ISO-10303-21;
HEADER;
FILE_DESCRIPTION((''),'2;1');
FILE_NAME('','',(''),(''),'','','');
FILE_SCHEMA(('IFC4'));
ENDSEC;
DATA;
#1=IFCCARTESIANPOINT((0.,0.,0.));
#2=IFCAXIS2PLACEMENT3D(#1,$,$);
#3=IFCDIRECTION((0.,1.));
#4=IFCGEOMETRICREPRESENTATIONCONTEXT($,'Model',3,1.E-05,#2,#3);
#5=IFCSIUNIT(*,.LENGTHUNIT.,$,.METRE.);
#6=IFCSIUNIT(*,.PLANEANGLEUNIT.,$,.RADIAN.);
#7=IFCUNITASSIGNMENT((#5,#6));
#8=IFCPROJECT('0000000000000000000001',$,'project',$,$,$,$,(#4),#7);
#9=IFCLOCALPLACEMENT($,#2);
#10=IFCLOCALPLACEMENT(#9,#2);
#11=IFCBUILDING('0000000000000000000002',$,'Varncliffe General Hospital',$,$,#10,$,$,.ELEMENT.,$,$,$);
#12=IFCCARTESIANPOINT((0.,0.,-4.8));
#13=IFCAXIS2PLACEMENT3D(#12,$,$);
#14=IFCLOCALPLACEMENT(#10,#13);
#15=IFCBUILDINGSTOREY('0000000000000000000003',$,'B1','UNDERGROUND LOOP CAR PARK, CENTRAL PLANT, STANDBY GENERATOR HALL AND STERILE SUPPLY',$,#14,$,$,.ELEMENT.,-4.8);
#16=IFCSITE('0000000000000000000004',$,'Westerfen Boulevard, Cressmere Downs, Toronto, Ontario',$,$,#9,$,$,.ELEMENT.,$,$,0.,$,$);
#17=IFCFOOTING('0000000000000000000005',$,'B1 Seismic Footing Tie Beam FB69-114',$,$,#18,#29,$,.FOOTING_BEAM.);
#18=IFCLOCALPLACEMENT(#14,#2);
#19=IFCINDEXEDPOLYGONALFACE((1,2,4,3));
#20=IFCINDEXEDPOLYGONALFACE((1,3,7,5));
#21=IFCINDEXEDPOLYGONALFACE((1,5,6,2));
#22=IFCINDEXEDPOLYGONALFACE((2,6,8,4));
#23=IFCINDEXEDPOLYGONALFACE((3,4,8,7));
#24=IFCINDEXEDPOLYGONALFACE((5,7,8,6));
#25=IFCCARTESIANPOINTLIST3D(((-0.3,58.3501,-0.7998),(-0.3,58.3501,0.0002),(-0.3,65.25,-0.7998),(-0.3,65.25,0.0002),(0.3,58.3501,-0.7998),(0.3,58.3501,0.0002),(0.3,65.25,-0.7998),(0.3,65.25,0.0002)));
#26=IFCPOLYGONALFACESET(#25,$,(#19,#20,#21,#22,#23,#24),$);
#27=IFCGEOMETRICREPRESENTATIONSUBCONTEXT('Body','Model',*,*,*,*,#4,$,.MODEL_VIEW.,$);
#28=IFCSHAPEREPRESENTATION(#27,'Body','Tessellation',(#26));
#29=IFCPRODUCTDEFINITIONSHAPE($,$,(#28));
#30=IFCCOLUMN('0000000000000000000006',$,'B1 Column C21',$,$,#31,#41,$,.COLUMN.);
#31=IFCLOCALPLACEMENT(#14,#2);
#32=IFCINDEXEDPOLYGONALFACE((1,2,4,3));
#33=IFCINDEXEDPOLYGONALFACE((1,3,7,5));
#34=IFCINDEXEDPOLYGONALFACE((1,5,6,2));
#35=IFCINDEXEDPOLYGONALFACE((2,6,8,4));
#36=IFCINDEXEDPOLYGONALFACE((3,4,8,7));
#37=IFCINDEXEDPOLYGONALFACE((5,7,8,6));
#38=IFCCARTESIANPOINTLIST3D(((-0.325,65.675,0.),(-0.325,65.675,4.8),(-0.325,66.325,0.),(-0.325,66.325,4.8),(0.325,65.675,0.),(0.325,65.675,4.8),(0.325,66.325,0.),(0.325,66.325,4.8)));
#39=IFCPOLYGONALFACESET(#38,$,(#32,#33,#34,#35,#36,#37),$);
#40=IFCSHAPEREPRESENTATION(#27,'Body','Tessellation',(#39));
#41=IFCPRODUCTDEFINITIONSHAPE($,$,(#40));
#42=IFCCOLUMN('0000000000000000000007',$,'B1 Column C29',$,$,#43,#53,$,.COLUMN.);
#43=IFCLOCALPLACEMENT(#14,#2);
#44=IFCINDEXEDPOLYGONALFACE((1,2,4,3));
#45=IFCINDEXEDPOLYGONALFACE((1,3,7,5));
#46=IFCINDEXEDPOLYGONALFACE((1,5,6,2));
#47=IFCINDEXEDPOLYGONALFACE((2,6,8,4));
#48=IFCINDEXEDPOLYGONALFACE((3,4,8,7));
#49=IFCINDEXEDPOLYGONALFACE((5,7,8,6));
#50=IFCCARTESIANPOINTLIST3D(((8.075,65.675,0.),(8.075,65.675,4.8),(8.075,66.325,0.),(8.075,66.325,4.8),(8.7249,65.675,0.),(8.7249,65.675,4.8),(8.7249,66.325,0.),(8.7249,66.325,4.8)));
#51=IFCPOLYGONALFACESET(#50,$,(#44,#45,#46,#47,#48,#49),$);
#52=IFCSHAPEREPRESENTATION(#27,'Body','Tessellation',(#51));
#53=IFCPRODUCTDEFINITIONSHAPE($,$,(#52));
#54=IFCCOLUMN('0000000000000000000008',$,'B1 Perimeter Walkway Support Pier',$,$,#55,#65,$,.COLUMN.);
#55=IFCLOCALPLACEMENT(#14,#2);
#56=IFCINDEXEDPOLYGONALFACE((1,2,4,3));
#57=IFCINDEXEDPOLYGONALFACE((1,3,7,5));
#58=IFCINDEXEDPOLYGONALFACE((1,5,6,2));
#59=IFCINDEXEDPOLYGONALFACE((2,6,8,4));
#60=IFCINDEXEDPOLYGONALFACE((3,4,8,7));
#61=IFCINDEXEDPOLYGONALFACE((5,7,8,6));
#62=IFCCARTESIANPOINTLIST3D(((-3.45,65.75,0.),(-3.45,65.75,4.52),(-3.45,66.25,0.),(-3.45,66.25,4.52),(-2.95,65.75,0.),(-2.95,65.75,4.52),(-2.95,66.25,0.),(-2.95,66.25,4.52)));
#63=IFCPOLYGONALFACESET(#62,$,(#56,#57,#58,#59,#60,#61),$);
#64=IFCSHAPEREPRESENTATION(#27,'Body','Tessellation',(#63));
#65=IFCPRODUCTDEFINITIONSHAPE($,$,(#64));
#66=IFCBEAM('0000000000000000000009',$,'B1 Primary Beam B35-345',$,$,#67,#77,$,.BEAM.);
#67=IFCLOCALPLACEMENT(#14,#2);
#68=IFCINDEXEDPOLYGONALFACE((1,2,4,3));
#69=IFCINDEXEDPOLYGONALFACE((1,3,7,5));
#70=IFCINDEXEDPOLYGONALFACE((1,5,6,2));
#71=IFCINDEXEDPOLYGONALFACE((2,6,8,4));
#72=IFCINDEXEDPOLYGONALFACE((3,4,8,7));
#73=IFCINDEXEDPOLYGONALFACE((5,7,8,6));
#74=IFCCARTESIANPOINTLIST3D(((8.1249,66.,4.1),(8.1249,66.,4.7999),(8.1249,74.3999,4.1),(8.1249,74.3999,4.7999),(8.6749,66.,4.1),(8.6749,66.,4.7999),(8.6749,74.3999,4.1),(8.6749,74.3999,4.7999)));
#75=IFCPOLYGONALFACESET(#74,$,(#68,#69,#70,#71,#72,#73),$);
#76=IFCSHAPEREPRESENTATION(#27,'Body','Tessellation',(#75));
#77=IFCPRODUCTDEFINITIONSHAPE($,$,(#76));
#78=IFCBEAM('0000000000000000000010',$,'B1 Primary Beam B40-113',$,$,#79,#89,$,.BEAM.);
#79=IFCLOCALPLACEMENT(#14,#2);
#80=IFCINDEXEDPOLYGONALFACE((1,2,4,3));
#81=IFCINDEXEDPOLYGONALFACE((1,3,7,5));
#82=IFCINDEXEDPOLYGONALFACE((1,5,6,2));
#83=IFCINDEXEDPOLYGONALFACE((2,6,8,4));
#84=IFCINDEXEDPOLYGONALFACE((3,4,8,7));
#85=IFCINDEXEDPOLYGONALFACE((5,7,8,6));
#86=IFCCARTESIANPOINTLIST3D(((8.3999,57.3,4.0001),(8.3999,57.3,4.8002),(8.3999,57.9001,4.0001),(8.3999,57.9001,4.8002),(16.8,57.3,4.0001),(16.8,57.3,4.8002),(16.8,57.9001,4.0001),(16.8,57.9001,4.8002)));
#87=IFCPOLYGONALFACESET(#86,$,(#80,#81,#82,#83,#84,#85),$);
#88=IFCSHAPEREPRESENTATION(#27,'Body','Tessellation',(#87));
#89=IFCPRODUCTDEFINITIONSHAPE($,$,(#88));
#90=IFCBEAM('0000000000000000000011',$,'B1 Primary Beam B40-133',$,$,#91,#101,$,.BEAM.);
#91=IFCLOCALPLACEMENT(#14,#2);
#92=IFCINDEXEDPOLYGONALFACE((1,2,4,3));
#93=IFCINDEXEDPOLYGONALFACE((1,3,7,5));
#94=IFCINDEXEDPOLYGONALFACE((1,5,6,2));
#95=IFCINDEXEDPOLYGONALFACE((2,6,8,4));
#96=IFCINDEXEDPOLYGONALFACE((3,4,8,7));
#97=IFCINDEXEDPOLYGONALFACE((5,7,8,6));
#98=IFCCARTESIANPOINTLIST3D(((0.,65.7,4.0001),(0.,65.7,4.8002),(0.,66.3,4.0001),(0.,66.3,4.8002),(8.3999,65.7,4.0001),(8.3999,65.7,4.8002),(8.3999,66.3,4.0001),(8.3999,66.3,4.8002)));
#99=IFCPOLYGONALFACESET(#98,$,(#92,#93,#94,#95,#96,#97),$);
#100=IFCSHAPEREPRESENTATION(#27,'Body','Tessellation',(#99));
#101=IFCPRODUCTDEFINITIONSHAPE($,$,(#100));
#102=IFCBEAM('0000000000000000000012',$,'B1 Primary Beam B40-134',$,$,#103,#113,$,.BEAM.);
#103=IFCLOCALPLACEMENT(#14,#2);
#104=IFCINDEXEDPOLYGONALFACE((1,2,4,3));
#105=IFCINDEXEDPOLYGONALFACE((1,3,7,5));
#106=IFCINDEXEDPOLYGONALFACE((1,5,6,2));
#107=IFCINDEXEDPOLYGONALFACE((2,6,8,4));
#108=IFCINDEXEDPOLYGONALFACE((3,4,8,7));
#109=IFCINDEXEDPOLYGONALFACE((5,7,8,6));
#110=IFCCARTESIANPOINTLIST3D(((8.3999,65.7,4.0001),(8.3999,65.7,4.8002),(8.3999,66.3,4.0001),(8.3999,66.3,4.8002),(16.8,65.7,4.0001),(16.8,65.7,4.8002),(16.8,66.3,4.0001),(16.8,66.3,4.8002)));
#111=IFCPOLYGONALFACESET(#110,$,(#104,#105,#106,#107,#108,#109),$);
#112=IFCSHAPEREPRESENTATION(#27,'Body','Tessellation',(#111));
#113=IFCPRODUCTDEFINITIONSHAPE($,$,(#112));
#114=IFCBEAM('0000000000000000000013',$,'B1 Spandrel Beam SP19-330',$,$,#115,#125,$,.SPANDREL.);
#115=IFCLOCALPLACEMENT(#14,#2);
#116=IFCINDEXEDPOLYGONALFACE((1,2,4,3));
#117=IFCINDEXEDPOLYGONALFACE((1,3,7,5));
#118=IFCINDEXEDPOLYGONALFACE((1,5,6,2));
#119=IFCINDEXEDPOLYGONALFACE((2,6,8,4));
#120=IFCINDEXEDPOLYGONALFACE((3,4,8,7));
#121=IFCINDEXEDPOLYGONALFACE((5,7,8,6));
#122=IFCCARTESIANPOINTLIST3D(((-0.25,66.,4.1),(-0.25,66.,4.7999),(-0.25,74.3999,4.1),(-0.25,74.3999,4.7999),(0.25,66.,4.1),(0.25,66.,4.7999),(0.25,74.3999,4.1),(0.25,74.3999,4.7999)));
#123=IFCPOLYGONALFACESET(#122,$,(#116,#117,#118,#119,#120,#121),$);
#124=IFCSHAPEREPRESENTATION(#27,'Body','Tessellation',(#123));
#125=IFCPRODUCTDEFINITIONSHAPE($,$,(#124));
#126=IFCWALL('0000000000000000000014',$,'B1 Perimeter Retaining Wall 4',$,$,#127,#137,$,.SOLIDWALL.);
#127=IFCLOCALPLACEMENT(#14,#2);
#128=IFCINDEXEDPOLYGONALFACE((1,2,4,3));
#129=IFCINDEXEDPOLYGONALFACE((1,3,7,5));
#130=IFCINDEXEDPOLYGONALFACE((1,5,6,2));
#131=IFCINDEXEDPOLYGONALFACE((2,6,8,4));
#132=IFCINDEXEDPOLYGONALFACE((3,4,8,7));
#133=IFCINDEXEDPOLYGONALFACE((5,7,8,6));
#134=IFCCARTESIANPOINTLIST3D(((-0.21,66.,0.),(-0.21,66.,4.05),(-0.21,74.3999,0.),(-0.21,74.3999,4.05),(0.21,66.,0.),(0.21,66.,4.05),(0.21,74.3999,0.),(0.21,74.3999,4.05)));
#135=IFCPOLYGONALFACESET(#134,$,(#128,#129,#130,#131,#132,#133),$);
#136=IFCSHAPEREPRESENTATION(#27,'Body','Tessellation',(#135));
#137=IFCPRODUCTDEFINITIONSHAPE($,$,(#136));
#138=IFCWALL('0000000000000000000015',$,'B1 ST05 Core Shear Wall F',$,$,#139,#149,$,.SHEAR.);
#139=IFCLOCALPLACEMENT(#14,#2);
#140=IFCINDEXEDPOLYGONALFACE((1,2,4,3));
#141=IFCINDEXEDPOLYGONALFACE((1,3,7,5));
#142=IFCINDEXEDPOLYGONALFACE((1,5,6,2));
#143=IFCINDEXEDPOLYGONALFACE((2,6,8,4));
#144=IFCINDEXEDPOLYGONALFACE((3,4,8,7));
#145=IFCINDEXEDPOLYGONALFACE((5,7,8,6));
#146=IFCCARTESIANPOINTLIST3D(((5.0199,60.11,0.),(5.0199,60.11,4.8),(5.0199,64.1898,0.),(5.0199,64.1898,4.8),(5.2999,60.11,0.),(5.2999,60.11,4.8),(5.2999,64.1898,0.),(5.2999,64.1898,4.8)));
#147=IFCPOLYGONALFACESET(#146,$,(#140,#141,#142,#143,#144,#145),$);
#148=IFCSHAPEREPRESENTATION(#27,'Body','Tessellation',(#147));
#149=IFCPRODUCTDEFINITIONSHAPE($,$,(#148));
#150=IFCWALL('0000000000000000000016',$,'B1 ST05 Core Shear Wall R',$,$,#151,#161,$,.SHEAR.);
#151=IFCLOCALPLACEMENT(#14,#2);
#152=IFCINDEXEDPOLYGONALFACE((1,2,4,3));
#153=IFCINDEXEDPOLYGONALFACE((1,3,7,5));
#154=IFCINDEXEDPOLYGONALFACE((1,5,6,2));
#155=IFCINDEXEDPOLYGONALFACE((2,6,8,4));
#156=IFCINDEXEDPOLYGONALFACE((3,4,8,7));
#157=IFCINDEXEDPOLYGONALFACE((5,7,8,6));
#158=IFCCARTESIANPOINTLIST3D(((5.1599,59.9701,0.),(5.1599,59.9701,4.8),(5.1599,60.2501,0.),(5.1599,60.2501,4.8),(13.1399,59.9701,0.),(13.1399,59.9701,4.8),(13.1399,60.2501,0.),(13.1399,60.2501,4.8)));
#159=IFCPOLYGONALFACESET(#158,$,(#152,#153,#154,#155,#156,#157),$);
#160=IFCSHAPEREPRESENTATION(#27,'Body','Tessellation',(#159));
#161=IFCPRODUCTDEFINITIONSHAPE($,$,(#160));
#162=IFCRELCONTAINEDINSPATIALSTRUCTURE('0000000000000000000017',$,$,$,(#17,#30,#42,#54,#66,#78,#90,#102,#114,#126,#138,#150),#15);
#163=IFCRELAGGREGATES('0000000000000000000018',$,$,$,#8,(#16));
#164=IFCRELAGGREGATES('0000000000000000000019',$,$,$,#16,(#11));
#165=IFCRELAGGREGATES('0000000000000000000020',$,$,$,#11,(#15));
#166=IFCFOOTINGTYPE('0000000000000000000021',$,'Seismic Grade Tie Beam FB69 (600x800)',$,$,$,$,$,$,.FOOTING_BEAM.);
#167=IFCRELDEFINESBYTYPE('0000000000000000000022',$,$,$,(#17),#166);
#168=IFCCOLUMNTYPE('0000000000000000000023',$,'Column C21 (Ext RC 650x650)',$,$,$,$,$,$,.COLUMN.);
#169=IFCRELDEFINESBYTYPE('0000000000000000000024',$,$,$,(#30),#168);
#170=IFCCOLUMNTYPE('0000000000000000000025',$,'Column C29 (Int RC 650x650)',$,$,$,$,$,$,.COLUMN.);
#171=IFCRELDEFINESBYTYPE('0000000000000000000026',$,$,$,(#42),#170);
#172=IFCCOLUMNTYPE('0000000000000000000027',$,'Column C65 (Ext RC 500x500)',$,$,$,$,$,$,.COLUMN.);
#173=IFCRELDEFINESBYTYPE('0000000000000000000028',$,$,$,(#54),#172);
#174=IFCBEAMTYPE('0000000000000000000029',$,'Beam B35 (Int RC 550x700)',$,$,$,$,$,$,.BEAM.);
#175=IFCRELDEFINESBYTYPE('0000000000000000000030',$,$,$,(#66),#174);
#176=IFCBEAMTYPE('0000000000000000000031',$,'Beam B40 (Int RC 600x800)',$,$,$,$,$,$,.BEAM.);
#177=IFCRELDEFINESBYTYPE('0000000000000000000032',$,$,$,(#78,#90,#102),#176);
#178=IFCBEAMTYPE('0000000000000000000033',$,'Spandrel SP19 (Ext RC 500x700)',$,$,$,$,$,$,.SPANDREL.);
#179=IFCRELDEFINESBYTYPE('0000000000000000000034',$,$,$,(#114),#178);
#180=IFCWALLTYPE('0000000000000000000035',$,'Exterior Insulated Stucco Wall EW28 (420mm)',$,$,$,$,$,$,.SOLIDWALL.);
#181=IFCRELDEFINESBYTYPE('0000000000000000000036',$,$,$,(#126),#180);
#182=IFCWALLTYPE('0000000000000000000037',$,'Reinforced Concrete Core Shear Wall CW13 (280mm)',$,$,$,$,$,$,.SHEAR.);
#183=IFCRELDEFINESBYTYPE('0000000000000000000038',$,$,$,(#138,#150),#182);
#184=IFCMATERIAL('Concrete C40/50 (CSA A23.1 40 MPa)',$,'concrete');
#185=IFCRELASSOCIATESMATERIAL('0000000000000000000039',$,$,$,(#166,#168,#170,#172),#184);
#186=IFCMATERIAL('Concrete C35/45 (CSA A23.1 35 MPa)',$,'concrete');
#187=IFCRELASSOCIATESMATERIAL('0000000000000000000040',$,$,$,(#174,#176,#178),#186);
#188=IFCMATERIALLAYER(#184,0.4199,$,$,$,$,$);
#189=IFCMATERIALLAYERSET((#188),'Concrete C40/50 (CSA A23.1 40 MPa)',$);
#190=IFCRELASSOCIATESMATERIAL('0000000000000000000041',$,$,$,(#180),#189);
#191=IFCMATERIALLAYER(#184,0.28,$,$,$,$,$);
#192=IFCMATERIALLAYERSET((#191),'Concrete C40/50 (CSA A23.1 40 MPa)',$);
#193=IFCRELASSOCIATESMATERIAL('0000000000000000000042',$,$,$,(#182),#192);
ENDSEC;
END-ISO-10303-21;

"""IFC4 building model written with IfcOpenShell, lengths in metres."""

from ifc_helpers import new_model, si_unit, direction, frame, frame_2d, origin, origin_2d, place, context, subcontext, project, spatial, rectangle, extrude, material, layer, layer_set, material_profile, profile_set, type_object, element, save


model = new_model("IFC4")

# Units and contexts
model_context = context("Model", 3, precision=1e-05, world=origin(), true_north=direction((0.0, 1.0)))
body_context = subcontext(model_context, "Body", "Model", "MODEL_VIEW")
ifc_project = project(units=[si_unit("LENGTHUNIT", "METRE"), si_unit("PLANEANGLEUNIT", "RADIAN")], contexts=[model_context])

# Site, building, storey
site_placement = place(None, origin())
site = spatial("IfcSite", under=ifc_project, at=site_placement, Name="Westerfen Boulevard, Cressmere Downs, Toronto, Ontario", CompositionType="ELEMENT", RefElevation=0.0)
building_placement = place(site_placement, origin())
building = spatial("IfcBuilding", under=site, at=building_placement, Name="Varncliffe General Hospital", CompositionType="ELEMENT")
storey_placement = place(building_placement, frame((0.0, 0.0, -4.8)))
storey = spatial("IfcBuildingStorey", under=building, at=storey_placement, Name="B1", Description="UNDERGROUND LOOP CAR PARK, CENTRAL PLANT, STANDBY GENERATOR HALL AND STERILE SUPPLY", CompositionType="ELEMENT", Elevation=-4.8)

# Shared definitions
ifc_material_1 = material(Name="Concrete C40/50 (CSA A23.1 40 MPa)", Category="concrete")

# Footing
footing_type_1 = type_object("IfcFootingType", Name="Seismic Grade Tie Beam FB69 (600x800)", PredefinedType="FOOTING_BEAM", material=ifc_material_1)
footing_1_placement = place(storey_placement, frame((0.0, 61.8, -0.7998), z_axis=(0.0, 0.0, 1.0), x_axis=(1.0, 0.0, 0.0)))
element("IfcFooting", 1, at=footing_1_placement, inside=storey, type_object=footing_type_1, Name="B1 Seismic Footing Tie Beam FB69-114", PredefinedType="FOOTING_BEAM", context=body_context, shape_type="SweptSolid", body=[
    extrude(rectangle(XDim=0.6001, YDim=6.8999, at=origin_2d()), origin(), (0.0, 0.0, 1.0), 0.8),
])

# Columns
ifc_material_profile_1 = material_profile(ifc_material_1, rectangle(XDim=0.6499, YDim=0.6499, at=origin_2d()), Name="RC 650x650")
ifc_profile_set_1 = profile_set([ifc_material_profile_1], Name="Concrete C40/50 (CSA A23.1 40 MPa)")
column_type_1 = type_object("IfcColumnType", Name="Column C21 (Ext RC 650x650)", PredefinedType="COLUMN", material=ifc_profile_set_1)
column_1_placement = place(storey_placement, frame((0.0, 66.0, 0.0), z_axis=(0.0, 0.0, 1.0), x_axis=(1.0, 0.0, 0.0)))
element("IfcColumn", 2, at=column_1_placement, inside=storey, type_object=column_type_1, Name="B1 Column C21", PredefinedType="COLUMN", context=body_context, shape_type="SweptSolid", body=[
    extrude(rectangle(XDim=0.6499, YDim=0.6499, at=origin_2d()), origin(), (0.0, 0.0, 1.0), 4.8),
])
ifc_material_profile_2 = material_profile(ifc_material_1, rectangle(XDim=0.6499, YDim=0.6499, at=origin_2d()), Name="RC 650x650")
ifc_profile_set_2 = profile_set([ifc_material_profile_2], Name="Concrete C40/50 (CSA A23.1 40 MPa)")
column_type_2 = type_object("IfcColumnType", Name="Column C29 (Int RC 650x650)", PredefinedType="COLUMN", material=ifc_profile_set_2)
column_2_placement = place(storey_placement, frame((8.3999, 66.0, 0.0), z_axis=(0.0, 0.0, 1.0), x_axis=(1.0, 0.0, 0.0)))
element("IfcColumn", 3, at=column_2_placement, inside=storey, type_object=column_type_2, Name="B1 Column C29", PredefinedType="COLUMN", context=body_context, shape_type="SweptSolid", body=[
    extrude(rectangle(XDim=0.6499, YDim=0.6499, at=origin_2d()), origin(), (0.0, 0.0, 1.0), 4.8),
])
ifc_material_profile_3 = material_profile(ifc_material_1, rectangle(XDim=0.5, YDim=0.5, at=origin_2d()), Name="RC 500x500")
ifc_profile_set_3 = profile_set([ifc_material_profile_3], Name="Concrete C40/50 (CSA A23.1 40 MPa)")
column_type_3 = type_object("IfcColumnType", Name="Column C65 (Ext RC 500x500)", PredefinedType="COLUMN", material=ifc_profile_set_3)
column_3_placement = place(storey_placement, frame((-3.2, 66.0, 0.0), z_axis=(0.0, 0.0, 1.0), x_axis=(1.0, 0.0, 0.0)))
element("IfcColumn", 4, at=column_3_placement, inside=storey, type_object=column_type_3, Name="B1 Perimeter Walkway Support Pier", PredefinedType="COLUMN", context=body_context, shape_type="SweptSolid", body=[
    extrude(rectangle(XDim=0.5, YDim=0.5, at=origin_2d()), origin(), (0.0, 0.0, 1.0), 4.52),
])

# Beams
ifc_material_2 = material(Name="Concrete C35/45 (CSA A23.1 35 MPa)", Category="concrete")
ifc_material_profile_4 = material_profile(ifc_material_2, rectangle(XDim=0.55, YDim=0.7, at=origin_2d()), Name="RC 550x700")
ifc_profile_set_4 = profile_set([ifc_material_profile_4], Name="Concrete C35/45 (CSA A23.1 35 MPa)")
beam_type_1 = type_object("IfcBeamType", Name="Beam B35 (Int RC 550x700)", PredefinedType="BEAM", material=ifc_profile_set_4)
beam_1_placement = place(storey_placement, frame((8.3999, 66.0, 4.45), z_axis=(0.0, 1.0, 0.0), x_axis=(-1.0, 0.0, 0.0)))
element("IfcBeam", 5, at=beam_1_placement, inside=storey, type_object=beam_type_1, Name="B1 Primary Beam B35-345", PredefinedType="BEAM", context=body_context, shape_type="SweptSolid", body=[
    extrude(rectangle(XDim=0.55, YDim=0.7, at=origin_2d()), origin(), (0.0, 0.0, 1.0), 8.3999),
])
ifc_material_profile_5 = material_profile(ifc_material_2, rectangle(XDim=0.6001, YDim=0.8, at=origin_2d()), Name="RC 600x800")
ifc_profile_set_5 = profile_set([ifc_material_profile_5], Name="Concrete C35/45 (CSA A23.1 35 MPa)")
beam_type_2 = type_object("IfcBeamType", Name="Beam B40 (Int RC 600x800)", PredefinedType="BEAM", material=ifc_profile_set_5)
beam_2_placement = place(storey_placement, frame((8.3999, 57.6001, 4.4001), z_axis=(1.0, 0.0, 0.0), x_axis=(0.0, 1.0, 0.0)))
element("IfcBeam", 6, at=beam_2_placement, inside=storey, type_object=beam_type_2, Name="B1 Primary Beam B40-113", PredefinedType="BEAM", context=body_context, shape_type="SweptSolid", body=[
    extrude(rectangle(XDim=0.6001, YDim=0.8, at=origin_2d()), origin(), (0.0, 0.0, 1.0), 8.4001),
])
beam_3_placement = place(storey_placement, frame((0.0, 66.0, 4.4001), z_axis=(1.0, 0.0, 0.0), x_axis=(0.0, 1.0, 0.0)))
element("IfcBeam", 7, at=beam_3_placement, inside=storey, type_object=beam_type_2, Name="B1 Primary Beam B40-133", PredefinedType="BEAM", context=body_context, shape_type="SweptSolid", body=[
    extrude(rectangle(XDim=0.6001, YDim=0.8, at=origin_2d()), origin(), (0.0, 0.0, 1.0), 8.3999),
])
beam_4_placement = place(storey_placement, frame((8.3999, 66.0, 4.4001), z_axis=(1.0, 0.0, 0.0), x_axis=(0.0, 1.0, 0.0)))
element("IfcBeam", 8, at=beam_4_placement, inside=storey, type_object=beam_type_2, Name="B1 Primary Beam B40-134", PredefinedType="BEAM", context=body_context, shape_type="SweptSolid", body=[
    extrude(rectangle(XDim=0.6001, YDim=0.8, at=origin_2d()), origin(), (0.0, 0.0, 1.0), 8.4001),
])
ifc_material_profile_6 = material_profile(ifc_material_2, rectangle(XDim=0.5, YDim=0.7, at=origin_2d()), Name="RC 500x700")
ifc_profile_set_6 = profile_set([ifc_material_profile_6], Name="Concrete C35/45 (CSA A23.1 35 MPa)")
beam_type_3 = type_object("IfcBeamType", Name="Spandrel SP19 (Ext RC 500x700)", PredefinedType="SPANDREL", material=ifc_profile_set_6)
beam_5_placement = place(storey_placement, frame((0.0, 66.0, 4.45), z_axis=(0.0, 1.0, 0.0), x_axis=(-1.0, 0.0, 0.0)))
element("IfcBeam", 9, at=beam_5_placement, inside=storey, type_object=beam_type_3, Name="B1 Spandrel Beam SP19-330", PredefinedType="SPANDREL", context=body_context, shape_type="SweptSolid", body=[
    extrude(rectangle(XDim=0.5, YDim=0.7, at=origin_2d()), origin(), (0.0, 0.0, 1.0), 8.3999),
])

# Walls
ifc_layer_1 = layer(ifc_material_1, 0.4199)
ifc_layer_set_1 = layer_set([ifc_layer_1], Name="Concrete C40/50 (CSA A23.1 40 MPa)")
wall_type_1 = type_object("IfcWallType", Name="Exterior Insulated Stucco Wall EW28 (420mm)", PredefinedType="SOLIDWALL", material=ifc_layer_set_1)
wall_1_placement = place(storey_placement, frame((0.0, 66.0, 0.0), z_axis=(0.0, 0.0, 1.0), x_axis=(0.0, 1.0, 0.0)))
element("IfcWall", 10, at=wall_1_placement, inside=storey, type_object=wall_type_1, Name="B1 Perimeter Retaining Wall 4", PredefinedType="SOLIDWALL", context=body_context, shape_type="SweptSolid", body=[
    extrude(rectangle(XDim=8.3999, YDim=0.4199, at=frame_2d((4.2, 0.0))), origin(), (0.0, 0.0, 1.0), 4.05),
])
ifc_layer_2 = layer(ifc_material_1, 0.28)
ifc_layer_set_2 = layer_set([ifc_layer_2], Name="Concrete C40/50 (CSA A23.1 40 MPa)")
wall_type_2 = type_object("IfcWallType", Name="Reinforced Concrete Core Shear Wall CW13 (280mm)", PredefinedType="SHEAR", material=ifc_layer_set_2)
wall_2_placement = place(storey_placement, frame((5.1599, 64.1899, 0.0), z_axis=(0.0, 0.0, 1.0), x_axis=(0.0, -1.0, 0.0)))
element("IfcWall", 11, at=wall_2_placement, inside=storey, type_object=wall_type_2, Name="B1 ST05 Core Shear Wall F", PredefinedType="SHEAR", context=body_context, shape_type="SweptSolid", body=[
    extrude(rectangle(XDim=4.0798, YDim=0.28, at=frame_2d((2.04, 0.0))), origin(), (0.0, 0.0, 1.0), 4.8),
])
wall_3_placement = place(storey_placement, frame((5.1599, 60.1101, 0.0), z_axis=(0.0, 0.0, 1.0), x_axis=(1.0, 0.0, 0.0)))
element("IfcWall", 12, at=wall_3_placement, inside=storey, type_object=wall_type_2, Name="B1 ST05 Core Shear Wall R", PredefinedType="SHEAR", context=body_context, shape_type="SweptSolid", body=[
    extrude(rectangle(XDim=7.98, YDim=0.28, at=frame_2d((3.99, 0.0))), origin(), (0.0, 0.0, 1.0), 4.8),
])

save(model, "model.ifc")
